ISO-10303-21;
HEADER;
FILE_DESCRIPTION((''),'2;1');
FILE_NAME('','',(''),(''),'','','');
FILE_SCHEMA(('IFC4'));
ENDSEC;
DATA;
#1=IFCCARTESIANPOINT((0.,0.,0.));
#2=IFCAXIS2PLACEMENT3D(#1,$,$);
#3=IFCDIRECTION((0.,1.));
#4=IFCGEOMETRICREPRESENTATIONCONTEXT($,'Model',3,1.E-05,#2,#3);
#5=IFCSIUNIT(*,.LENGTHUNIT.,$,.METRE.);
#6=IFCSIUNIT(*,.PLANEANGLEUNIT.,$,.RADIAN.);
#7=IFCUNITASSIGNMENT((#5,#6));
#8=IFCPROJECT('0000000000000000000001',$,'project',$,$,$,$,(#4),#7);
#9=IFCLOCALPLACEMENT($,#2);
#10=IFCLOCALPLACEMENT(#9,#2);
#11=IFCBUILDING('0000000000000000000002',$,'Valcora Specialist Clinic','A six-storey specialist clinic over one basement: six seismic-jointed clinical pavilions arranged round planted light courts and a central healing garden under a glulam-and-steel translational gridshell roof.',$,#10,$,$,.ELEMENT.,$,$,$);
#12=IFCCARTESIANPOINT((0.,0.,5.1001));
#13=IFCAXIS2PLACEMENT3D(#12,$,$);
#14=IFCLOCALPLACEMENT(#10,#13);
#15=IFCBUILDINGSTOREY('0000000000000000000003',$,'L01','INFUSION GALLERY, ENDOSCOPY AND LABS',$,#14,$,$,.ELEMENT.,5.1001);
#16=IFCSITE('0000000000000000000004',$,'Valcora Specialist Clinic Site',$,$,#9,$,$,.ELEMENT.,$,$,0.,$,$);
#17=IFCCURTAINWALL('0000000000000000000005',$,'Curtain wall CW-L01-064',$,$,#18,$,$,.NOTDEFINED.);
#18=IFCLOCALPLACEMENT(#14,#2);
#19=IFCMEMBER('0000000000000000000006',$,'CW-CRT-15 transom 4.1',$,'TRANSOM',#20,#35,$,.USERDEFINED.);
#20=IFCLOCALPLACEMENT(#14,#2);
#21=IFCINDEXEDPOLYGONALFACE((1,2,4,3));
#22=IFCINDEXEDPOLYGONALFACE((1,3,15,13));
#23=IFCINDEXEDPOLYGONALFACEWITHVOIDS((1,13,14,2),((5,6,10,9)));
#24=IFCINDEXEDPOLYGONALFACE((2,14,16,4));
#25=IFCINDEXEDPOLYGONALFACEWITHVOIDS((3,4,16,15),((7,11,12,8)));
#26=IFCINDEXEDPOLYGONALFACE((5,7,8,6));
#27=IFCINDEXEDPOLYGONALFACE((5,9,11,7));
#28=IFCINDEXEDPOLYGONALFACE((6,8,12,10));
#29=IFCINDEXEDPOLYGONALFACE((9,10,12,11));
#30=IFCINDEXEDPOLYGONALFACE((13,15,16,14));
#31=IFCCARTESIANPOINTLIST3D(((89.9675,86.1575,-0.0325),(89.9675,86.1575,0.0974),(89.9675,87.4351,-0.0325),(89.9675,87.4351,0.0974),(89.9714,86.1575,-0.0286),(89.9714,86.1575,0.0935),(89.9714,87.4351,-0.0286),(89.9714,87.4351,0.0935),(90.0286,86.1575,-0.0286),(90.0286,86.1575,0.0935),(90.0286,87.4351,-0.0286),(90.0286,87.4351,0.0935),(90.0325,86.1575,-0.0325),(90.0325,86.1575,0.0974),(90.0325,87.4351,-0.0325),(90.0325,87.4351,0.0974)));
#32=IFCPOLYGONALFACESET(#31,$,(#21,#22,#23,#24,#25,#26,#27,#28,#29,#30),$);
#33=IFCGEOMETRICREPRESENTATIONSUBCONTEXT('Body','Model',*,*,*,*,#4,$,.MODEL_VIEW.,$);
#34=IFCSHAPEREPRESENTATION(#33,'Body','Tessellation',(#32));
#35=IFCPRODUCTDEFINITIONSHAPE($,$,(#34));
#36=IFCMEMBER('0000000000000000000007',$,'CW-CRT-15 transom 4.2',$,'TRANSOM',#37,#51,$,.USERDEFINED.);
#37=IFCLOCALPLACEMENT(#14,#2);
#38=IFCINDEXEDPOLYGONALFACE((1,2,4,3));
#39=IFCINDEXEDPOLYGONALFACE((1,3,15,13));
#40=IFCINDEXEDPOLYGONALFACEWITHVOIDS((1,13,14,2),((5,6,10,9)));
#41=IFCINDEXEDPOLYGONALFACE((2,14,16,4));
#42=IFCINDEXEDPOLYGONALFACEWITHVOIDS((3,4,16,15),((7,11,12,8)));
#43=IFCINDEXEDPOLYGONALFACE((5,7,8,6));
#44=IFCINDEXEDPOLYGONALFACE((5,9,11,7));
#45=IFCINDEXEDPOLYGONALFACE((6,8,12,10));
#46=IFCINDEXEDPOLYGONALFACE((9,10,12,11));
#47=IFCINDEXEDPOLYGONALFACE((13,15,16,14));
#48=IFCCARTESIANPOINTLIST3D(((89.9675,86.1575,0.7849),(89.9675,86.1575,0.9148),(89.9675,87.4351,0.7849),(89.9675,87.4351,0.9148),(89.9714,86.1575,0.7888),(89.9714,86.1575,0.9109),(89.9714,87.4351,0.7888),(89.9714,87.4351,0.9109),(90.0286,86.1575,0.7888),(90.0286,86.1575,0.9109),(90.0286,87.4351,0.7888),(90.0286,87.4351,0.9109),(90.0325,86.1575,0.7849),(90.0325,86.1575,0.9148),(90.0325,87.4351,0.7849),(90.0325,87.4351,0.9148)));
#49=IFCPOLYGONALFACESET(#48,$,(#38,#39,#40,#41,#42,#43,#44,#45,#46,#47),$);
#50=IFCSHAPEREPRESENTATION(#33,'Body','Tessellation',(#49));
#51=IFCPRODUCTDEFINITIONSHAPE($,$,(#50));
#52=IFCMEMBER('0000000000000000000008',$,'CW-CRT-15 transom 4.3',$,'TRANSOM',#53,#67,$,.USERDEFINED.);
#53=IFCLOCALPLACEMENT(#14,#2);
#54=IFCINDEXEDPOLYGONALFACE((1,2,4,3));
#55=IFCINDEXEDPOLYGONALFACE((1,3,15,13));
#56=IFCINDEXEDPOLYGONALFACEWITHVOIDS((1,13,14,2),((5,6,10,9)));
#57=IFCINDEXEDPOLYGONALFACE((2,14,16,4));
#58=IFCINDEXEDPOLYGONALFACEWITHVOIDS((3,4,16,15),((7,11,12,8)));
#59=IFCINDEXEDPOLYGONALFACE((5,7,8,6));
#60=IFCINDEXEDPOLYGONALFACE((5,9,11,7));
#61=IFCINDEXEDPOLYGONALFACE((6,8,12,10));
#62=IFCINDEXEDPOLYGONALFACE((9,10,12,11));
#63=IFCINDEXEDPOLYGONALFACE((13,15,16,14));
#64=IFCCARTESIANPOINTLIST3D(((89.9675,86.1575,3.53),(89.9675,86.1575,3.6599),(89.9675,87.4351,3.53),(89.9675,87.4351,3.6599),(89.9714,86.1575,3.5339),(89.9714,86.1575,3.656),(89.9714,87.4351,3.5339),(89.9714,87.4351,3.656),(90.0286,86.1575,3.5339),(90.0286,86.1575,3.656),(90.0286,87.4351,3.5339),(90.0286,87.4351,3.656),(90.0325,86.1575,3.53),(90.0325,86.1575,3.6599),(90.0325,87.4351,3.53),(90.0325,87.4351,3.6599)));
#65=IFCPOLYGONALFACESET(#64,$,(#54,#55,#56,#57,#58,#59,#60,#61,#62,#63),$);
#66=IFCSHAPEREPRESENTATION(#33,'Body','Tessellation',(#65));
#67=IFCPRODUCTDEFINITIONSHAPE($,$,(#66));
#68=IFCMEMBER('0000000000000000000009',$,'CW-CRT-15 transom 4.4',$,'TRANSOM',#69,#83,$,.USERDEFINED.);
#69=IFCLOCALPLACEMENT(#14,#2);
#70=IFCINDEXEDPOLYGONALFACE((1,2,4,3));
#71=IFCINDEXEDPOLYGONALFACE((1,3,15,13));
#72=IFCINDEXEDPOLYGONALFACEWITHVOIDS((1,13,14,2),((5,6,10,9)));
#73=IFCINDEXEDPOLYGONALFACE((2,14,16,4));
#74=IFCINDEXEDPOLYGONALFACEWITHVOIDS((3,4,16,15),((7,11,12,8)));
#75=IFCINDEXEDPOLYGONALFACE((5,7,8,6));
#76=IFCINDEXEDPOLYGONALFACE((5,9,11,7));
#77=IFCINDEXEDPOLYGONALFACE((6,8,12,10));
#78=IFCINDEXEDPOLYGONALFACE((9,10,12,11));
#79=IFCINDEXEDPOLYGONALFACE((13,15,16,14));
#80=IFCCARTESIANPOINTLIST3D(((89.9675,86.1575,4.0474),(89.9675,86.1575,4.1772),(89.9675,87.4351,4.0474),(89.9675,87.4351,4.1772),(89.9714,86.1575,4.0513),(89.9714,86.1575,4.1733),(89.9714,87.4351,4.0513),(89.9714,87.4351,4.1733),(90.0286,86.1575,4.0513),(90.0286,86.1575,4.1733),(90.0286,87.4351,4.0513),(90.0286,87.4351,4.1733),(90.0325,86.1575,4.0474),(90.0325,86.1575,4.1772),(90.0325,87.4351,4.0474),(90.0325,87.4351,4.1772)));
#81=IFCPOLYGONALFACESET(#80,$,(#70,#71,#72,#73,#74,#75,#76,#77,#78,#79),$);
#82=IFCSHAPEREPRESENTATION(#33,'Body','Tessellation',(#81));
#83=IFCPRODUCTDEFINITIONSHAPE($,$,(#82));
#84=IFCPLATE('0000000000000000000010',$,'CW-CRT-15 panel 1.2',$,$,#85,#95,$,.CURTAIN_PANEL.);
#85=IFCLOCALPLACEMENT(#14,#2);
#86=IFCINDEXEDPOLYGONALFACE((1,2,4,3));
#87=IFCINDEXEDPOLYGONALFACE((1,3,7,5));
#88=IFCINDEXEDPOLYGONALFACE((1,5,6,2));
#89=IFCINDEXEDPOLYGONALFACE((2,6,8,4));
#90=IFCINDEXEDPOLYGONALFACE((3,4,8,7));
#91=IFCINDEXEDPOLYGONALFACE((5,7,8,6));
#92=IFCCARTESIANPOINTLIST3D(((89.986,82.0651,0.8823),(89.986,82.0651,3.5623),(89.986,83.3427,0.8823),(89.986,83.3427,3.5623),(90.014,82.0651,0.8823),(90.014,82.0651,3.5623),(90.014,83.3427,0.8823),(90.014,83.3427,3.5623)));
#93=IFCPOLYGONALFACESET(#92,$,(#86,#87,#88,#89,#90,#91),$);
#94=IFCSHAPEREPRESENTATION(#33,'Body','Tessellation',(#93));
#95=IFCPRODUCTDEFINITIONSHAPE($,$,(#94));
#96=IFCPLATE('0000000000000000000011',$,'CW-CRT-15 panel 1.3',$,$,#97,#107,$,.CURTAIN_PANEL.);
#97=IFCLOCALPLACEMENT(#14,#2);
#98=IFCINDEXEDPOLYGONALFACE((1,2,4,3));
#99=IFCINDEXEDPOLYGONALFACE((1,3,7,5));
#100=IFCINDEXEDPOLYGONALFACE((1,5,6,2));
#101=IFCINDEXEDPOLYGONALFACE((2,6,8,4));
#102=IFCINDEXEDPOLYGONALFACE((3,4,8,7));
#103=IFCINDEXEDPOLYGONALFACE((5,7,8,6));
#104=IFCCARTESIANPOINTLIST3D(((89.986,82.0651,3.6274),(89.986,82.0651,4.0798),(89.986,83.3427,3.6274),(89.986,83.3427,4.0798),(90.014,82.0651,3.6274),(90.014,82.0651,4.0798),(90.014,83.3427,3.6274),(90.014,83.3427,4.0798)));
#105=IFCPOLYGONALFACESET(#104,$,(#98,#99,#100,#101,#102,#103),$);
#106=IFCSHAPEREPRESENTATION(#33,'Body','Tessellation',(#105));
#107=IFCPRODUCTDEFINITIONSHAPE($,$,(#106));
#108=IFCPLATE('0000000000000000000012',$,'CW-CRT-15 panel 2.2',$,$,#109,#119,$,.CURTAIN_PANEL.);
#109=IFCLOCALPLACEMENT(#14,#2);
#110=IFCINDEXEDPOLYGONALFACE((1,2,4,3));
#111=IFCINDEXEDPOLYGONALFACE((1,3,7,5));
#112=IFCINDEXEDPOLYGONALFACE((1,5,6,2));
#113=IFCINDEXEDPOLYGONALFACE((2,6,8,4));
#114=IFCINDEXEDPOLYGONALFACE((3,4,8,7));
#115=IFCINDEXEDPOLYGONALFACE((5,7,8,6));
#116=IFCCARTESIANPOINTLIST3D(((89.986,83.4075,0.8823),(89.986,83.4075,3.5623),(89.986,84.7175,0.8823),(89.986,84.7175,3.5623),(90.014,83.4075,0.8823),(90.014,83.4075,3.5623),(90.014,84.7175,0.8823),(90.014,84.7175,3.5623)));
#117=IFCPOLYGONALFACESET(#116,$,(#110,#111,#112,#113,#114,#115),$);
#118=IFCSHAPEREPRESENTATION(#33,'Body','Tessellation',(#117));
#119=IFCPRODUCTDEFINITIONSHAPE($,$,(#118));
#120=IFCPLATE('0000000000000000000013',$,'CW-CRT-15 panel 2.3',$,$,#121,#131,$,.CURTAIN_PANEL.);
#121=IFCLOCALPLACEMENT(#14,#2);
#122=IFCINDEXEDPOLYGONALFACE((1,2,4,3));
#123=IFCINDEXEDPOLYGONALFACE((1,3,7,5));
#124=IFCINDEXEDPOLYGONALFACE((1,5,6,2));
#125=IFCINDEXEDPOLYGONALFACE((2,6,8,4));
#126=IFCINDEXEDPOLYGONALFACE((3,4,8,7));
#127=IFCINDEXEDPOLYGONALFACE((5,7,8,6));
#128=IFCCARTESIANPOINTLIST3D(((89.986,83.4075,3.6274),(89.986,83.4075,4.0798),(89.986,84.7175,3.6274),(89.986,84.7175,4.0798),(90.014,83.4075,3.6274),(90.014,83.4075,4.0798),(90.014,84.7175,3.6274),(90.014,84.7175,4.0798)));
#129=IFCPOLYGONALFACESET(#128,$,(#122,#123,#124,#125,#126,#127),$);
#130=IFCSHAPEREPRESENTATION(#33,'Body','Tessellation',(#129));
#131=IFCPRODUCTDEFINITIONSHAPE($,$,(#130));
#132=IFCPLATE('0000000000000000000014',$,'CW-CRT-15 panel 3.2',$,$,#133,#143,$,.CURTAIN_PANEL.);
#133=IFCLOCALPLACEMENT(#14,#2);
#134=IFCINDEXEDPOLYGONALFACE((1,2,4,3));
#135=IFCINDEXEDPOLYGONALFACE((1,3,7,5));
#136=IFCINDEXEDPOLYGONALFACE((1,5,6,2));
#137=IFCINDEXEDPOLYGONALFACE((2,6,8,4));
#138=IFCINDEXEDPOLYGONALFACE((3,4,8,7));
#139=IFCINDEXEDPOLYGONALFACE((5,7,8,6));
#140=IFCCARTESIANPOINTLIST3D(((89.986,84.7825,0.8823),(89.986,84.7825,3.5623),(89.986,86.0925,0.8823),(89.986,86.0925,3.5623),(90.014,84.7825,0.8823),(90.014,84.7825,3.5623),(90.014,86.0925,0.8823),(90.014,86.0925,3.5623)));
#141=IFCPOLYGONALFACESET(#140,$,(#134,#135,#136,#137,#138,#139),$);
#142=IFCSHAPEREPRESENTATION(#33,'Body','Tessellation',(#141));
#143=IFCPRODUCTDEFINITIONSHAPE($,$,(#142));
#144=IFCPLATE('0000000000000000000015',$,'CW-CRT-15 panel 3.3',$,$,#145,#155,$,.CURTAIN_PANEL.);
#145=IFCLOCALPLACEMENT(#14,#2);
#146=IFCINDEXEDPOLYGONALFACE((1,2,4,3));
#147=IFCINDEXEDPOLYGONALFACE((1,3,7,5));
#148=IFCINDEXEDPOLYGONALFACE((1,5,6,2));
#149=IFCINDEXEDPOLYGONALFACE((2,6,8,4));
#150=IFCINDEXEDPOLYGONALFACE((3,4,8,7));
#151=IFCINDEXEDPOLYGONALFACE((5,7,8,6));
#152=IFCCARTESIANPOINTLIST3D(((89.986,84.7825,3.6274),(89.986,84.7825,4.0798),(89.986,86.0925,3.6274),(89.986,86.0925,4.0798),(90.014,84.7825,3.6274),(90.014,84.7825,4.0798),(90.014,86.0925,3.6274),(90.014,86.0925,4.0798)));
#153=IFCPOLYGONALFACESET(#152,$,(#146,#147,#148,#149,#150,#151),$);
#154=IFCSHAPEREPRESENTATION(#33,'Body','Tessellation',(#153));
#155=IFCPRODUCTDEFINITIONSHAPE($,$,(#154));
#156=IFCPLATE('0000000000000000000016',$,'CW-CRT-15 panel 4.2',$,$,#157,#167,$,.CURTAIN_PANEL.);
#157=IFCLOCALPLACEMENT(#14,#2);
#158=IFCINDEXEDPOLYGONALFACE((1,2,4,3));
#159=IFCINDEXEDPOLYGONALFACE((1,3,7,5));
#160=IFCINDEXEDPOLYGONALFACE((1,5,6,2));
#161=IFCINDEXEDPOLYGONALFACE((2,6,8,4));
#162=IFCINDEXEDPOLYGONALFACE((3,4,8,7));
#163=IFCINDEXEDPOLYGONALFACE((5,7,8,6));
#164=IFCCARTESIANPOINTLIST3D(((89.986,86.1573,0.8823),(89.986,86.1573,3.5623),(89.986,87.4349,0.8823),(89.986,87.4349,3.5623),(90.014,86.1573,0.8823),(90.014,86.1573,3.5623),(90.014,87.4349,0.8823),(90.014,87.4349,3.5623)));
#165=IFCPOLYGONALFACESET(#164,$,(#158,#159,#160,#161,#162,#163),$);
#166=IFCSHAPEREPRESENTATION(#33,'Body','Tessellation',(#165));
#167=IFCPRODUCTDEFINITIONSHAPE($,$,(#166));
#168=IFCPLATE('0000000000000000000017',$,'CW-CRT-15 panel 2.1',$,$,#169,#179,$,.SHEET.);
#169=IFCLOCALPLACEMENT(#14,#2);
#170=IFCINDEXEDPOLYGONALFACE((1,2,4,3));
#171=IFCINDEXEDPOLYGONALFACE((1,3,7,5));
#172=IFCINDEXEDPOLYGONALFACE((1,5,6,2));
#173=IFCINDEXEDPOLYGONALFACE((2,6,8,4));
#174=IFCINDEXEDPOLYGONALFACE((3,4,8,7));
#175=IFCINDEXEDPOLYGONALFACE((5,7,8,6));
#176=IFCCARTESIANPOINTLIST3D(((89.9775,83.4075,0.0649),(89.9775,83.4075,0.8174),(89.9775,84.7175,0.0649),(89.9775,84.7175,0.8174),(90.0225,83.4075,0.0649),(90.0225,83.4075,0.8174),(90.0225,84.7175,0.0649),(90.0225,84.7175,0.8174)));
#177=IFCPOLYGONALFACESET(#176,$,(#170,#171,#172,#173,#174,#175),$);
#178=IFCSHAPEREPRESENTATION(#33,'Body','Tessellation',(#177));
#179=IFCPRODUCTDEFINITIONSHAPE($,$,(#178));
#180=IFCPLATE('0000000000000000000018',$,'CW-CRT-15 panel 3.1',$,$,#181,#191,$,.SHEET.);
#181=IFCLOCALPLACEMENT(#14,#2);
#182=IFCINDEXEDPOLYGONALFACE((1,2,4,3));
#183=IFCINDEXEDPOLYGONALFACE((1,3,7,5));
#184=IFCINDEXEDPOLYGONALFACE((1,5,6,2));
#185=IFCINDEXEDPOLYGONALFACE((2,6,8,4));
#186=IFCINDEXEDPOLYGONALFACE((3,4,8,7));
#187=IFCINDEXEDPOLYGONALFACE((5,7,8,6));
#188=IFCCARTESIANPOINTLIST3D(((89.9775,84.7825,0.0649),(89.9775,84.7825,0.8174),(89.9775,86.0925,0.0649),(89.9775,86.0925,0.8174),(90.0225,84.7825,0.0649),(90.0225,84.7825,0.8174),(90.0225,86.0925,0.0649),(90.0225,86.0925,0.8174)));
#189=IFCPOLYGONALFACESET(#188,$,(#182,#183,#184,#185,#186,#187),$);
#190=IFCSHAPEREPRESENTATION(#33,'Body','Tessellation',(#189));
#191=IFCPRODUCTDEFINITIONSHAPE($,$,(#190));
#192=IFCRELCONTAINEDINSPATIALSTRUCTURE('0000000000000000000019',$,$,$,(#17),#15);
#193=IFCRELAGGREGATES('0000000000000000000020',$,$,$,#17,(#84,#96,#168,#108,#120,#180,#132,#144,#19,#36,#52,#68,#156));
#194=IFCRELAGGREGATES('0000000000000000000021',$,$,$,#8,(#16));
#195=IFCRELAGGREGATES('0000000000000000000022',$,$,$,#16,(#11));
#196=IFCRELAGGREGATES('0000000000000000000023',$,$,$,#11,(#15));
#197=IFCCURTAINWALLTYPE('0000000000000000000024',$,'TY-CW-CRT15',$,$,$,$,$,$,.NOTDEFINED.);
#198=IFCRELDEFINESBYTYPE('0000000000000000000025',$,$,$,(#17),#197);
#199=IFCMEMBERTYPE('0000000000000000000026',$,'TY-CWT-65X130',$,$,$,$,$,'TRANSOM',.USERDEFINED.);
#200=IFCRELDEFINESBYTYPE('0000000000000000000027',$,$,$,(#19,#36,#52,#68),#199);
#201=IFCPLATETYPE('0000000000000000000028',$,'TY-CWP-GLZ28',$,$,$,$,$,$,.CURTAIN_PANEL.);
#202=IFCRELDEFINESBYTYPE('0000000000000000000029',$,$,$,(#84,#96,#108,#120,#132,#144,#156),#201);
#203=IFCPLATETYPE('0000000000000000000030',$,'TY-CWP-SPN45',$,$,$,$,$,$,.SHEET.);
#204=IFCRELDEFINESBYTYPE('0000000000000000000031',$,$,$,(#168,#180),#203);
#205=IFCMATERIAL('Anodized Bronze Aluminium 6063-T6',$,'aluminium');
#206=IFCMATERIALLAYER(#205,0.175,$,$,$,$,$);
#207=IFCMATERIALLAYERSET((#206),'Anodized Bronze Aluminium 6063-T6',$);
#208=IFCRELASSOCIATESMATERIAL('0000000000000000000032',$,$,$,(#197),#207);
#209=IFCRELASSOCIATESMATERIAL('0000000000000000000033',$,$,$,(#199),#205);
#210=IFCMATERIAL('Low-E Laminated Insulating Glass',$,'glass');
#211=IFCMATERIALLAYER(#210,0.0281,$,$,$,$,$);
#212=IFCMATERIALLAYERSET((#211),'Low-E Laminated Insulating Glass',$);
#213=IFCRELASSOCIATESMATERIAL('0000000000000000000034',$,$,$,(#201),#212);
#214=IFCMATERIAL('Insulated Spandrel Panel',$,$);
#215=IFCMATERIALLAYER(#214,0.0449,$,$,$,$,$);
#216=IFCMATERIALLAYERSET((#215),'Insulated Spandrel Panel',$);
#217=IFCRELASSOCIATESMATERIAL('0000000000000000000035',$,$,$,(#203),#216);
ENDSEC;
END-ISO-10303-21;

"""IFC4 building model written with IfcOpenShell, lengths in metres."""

from ifc_helpers import new_model, si_unit, direction, frame, origin, origin_2d, place, context, subcontext, project, spatial, rectangle, hollow_rectangle, extrude, material, layer, layer_set, material_profile, profile_set, type_object, element, aggregate, save


model = new_model("IFC4")

# Units and contexts
model_context = context("Model", 3, precision=1e-05, world=origin(), true_north=direction((0.0, 1.0)))
body_context = subcontext(model_context, "Body", "Model", "MODEL_VIEW")
ifc_project = project(units=[si_unit("LENGTHUNIT", "METRE"), si_unit("PLANEANGLEUNIT", "RADIAN")], contexts=[model_context])

# Site, building, storey
site_placement = place(None, origin())
site = spatial("IfcSite", under=ifc_project, at=site_placement, Name="Valcora Specialist Clinic Site", CompositionType="ELEMENT", RefElevation=0.0)
building_placement = place(site_placement, origin())
building = spatial("IfcBuilding", under=site, at=building_placement, Name="Valcora Specialist Clinic", Description="A six-storey specialist clinic over one basement: six seismic-jointed clinical pavilions arranged round planted light courts and a central healing garden under a glulam-and-steel translational gridshell roof.", CompositionType="ELEMENT")
storey_placement = place(building_placement, frame((0.0, 0.0, 5.1001)))
storey = spatial("IfcBuildingStorey", under=building, at=storey_placement, Name="L01", Description="INFUSION GALLERY, ENDOSCOPY AND LABS", CompositionType="ELEMENT", Elevation=5.1001)

# Curtain wall, members, plates
ifc_material_1 = material(Name="Anodized Bronze Aluminium 6063-T6", Category="aluminium")
ifc_layer_1 = layer(ifc_material_1, 0.175)
ifc_layer_set_1 = layer_set([ifc_layer_1], Name="Anodized Bronze Aluminium 6063-T6")
curtain_wall_type = type_object("IfcCurtainWallType", Name="TY-CW-CRT15", PredefinedType="NOTDEFINED", material=ifc_layer_set_1)
curtain_wall_placement = place(storey_placement, origin())
curtain_wall = element("IfcCurtainWall", 1, at=curtain_wall_placement, inside=storey, type_object=curtain_wall_type, Name="Curtain wall CW-L01-064", PredefinedType="NOTDEFINED")
ifc_material_profile_1 = material_profile(ifc_material_1, hollow_rectangle(XDim=0.0649, YDim=0.1299, WallThickness=0.0039, at=origin_2d()), Name="AL-TRN-65X130")
ifc_profile_set_1 = profile_set([ifc_material_profile_1], Name="Anodized Bronze Aluminium 6063-T6")
member_type_1 = type_object("IfcMemberType", Name="TY-CWT-65X130", ElementType="TRANSOM", PredefinedType="USERDEFINED", material=ifc_profile_set_1)
member_1_placement = place(storey_placement, frame((90.0, 86.1575, 0.0325), z_axis=(0.0, 1.0, 0.0), x_axis=(-1.0, 0.0, 0.0)))
member_1 = element("IfcMember", 2, at=member_1_placement, type_object=member_type_1, Name="CW-CRT-15 transom 4.1", ObjectType="TRANSOM", PredefinedType="USERDEFINED", context=body_context, shape_type="SweptSolid", body=[
    extrude(hollow_rectangle(XDim=0.0649, YDim=0.1299, WallThickness=0.0039, at=origin_2d()), origin(), (0.0, 0.0, 1.0), 1.2776),
])
member_2_placement = place(storey_placement, frame((90.0, 86.1575, 0.8499), z_axis=(0.0, 1.0, 0.0), x_axis=(-1.0, 0.0, 0.0)))
member_2 = element("IfcMember", 3, at=member_2_placement, type_object=member_type_1, Name="CW-CRT-15 transom 4.2", ObjectType="TRANSOM", PredefinedType="USERDEFINED", context=body_context, shape_type="SweptSolid", body=[
    extrude(hollow_rectangle(XDim=0.0649, YDim=0.1299, WallThickness=0.0039, at=origin_2d()), origin(), (0.0, 0.0, 1.0), 1.2776),
])
member_3_placement = place(storey_placement, frame((90.0, 86.1575, 3.595), z_axis=(0.0, 1.0, 0.0), x_axis=(-1.0, 0.0, 0.0)))
member_3 = element("IfcMember", 4, at=member_3_placement, type_object=member_type_1, Name="CW-CRT-15 transom 4.3", ObjectType="TRANSOM", PredefinedType="USERDEFINED", context=body_context, shape_type="SweptSolid", body=[
    extrude(hollow_rectangle(XDim=0.0649, YDim=0.1299, WallThickness=0.0039, at=origin_2d()), origin(), (0.0, 0.0, 1.0), 1.2776),
])
member_4_placement = place(storey_placement, frame((90.0, 86.1575, 4.1123), z_axis=(0.0, 1.0, 0.0), x_axis=(-1.0, 0.0, 0.0)))
member_4 = element("IfcMember", 5, at=member_4_placement, type_object=member_type_1, Name="CW-CRT-15 transom 4.4", ObjectType="TRANSOM", PredefinedType="USERDEFINED", context=body_context, shape_type="SweptSolid", body=[
    extrude(hollow_rectangle(XDim=0.0649, YDim=0.1299, WallThickness=0.0039, at=origin_2d()), origin(), (0.0, 0.0, 1.0), 1.2776),
])
ifc_material_2 = material(Name="Low-E Laminated Insulating Glass", Category="glass")
ifc_layer_2 = layer(ifc_material_2, 0.0281)
ifc_layer_set_2 = layer_set([ifc_layer_2], Name="Low-E Laminated Insulating Glass")
plate_type_1 = type_object("IfcPlateType", Name="TY-CWP-GLZ28", PredefinedType="CURTAIN_PANEL", material=ifc_layer_set_2)
plate_1_placement = place(storey_placement, frame((90.0, 82.7039, 0.8823), z_axis=(0.0, 0.0, 1.0), x_axis=(0.0, 1.0, 0.0)))
plate_1 = element("IfcPlate", 6, at=plate_1_placement, type_object=plate_type_1, Name="CW-CRT-15 panel 1.2", PredefinedType="CURTAIN_PANEL", context=body_context, shape_type="SweptSolid", body=[
    extrude(rectangle(XDim=1.2776, YDim=0.0281, at=origin_2d()), origin(), (0.0, 0.0, 1.0), 2.6799),
])
plate_2_placement = place(storey_placement, frame((90.0, 82.7039, 3.6274), z_axis=(0.0, 0.0, 1.0), x_axis=(0.0, 1.0, 0.0)))
plate_2 = element("IfcPlate", 7, at=plate_2_placement, type_object=plate_type_1, Name="CW-CRT-15 panel 1.3", PredefinedType="CURTAIN_PANEL", context=body_context, shape_type="SweptSolid", body=[
    extrude(rectangle(XDim=1.2776, YDim=0.0281, at=origin_2d()), origin(), (0.0, 0.0, 1.0), 0.4524),
])
plate_3_placement = place(storey_placement, frame((90.0, 84.0625, 0.8823), z_axis=(0.0, 0.0, 1.0), x_axis=(0.0, 1.0, 0.0)))
plate_3 = element("IfcPlate", 8, at=plate_3_placement, type_object=plate_type_1, Name="CW-CRT-15 panel 2.2", PredefinedType="CURTAIN_PANEL", context=body_context, shape_type="SweptSolid", body=[
    extrude(rectangle(XDim=1.3101, YDim=0.0281, at=origin_2d()), origin(), (0.0, 0.0, 1.0), 2.6799),
])
plate_4_placement = place(storey_placement, frame((90.0, 84.0625, 3.6274), z_axis=(0.0, 0.0, 1.0), x_axis=(0.0, 1.0, 0.0)))
plate_4 = element("IfcPlate", 9, at=plate_4_placement, type_object=plate_type_1, Name="CW-CRT-15 panel 2.3", PredefinedType="CURTAIN_PANEL", context=body_context, shape_type="SweptSolid", body=[
    extrude(rectangle(XDim=1.3101, YDim=0.0281, at=origin_2d()), origin(), (0.0, 0.0, 1.0), 0.4524),
])
plate_5_placement = place(storey_placement, frame((90.0, 85.4375, 0.8823), z_axis=(0.0, 0.0, 1.0), x_axis=(0.0, 1.0, 0.0)))
plate_5 = element("IfcPlate", 10, at=plate_5_placement, type_object=plate_type_1, Name="CW-CRT-15 panel 3.2", PredefinedType="CURTAIN_PANEL", context=body_context, shape_type="SweptSolid", body=[
    extrude(rectangle(XDim=1.3101, YDim=0.0281, at=origin_2d()), origin(), (0.0, 0.0, 1.0), 2.6799),
])
plate_6_placement = place(storey_placement, frame((90.0, 85.4375, 3.6274), z_axis=(0.0, 0.0, 1.0), x_axis=(0.0, 1.0, 0.0)))
plate_6 = element("IfcPlate", 11, at=plate_6_placement, type_object=plate_type_1, Name="CW-CRT-15 panel 3.3", PredefinedType="CURTAIN_PANEL", context=body_context, shape_type="SweptSolid", body=[
    extrude(rectangle(XDim=1.3101, YDim=0.0281, at=origin_2d()), origin(), (0.0, 0.0, 1.0), 0.4524),
])
plate_7_placement = place(storey_placement, frame((90.0, 86.7961, 0.8823), z_axis=(0.0, 0.0, 1.0), x_axis=(0.0, 1.0, 0.0)))
plate_7 = element("IfcPlate", 12, at=plate_7_placement, type_object=plate_type_1, Name="CW-CRT-15 panel 4.2", PredefinedType="CURTAIN_PANEL", context=body_context, shape_type="SweptSolid", body=[
    extrude(rectangle(XDim=1.2776, YDim=0.0281, at=origin_2d()), origin(), (0.0, 0.0, 1.0), 2.6799),
])
ifc_material_3 = material(Name="Insulated Spandrel Panel")
ifc_layer_3 = layer(ifc_material_3, 0.0449)
ifc_layer_set_3 = layer_set([ifc_layer_3], Name="Insulated Spandrel Panel")
plate_type_2 = type_object("IfcPlateType", Name="TY-CWP-SPN45", PredefinedType="SHEET", material=ifc_layer_set_3)
plate_8_placement = place(storey_placement, frame((90.0, 84.0625, 0.0649), z_axis=(0.0, 0.0, 1.0), x_axis=(0.0, 1.0, 0.0)))
plate_8 = element("IfcPlate", 13, at=plate_8_placement, type_object=plate_type_2, Name="CW-CRT-15 panel 2.1", PredefinedType="SHEET", context=body_context, shape_type="SweptSolid", body=[
    extrude(rectangle(XDim=1.3101, YDim=0.0449, at=origin_2d()), origin(), (0.0, 0.0, 1.0), 0.7524),
])
plate_9_placement = place(storey_placement, frame((90.0, 85.4375, 0.0649), z_axis=(0.0, 0.0, 1.0), x_axis=(0.0, 1.0, 0.0)))
plate_9 = element("IfcPlate", 14, at=plate_9_placement, type_object=plate_type_2, Name="CW-CRT-15 panel 3.1", PredefinedType="SHEET", context=body_context, shape_type="SweptSolid", body=[
    extrude(rectangle(XDim=1.3101, YDim=0.0449, at=origin_2d()), origin(), (0.0, 0.0, 1.0), 0.7524),
])
aggregate(curtain_wall, [plate_1, plate_2, plate_8, plate_3, plate_4, plate_9, plate_5, plate_6, member_1, member_2, member_3, member_4, plate_7])

save(model, "model.ifc")
